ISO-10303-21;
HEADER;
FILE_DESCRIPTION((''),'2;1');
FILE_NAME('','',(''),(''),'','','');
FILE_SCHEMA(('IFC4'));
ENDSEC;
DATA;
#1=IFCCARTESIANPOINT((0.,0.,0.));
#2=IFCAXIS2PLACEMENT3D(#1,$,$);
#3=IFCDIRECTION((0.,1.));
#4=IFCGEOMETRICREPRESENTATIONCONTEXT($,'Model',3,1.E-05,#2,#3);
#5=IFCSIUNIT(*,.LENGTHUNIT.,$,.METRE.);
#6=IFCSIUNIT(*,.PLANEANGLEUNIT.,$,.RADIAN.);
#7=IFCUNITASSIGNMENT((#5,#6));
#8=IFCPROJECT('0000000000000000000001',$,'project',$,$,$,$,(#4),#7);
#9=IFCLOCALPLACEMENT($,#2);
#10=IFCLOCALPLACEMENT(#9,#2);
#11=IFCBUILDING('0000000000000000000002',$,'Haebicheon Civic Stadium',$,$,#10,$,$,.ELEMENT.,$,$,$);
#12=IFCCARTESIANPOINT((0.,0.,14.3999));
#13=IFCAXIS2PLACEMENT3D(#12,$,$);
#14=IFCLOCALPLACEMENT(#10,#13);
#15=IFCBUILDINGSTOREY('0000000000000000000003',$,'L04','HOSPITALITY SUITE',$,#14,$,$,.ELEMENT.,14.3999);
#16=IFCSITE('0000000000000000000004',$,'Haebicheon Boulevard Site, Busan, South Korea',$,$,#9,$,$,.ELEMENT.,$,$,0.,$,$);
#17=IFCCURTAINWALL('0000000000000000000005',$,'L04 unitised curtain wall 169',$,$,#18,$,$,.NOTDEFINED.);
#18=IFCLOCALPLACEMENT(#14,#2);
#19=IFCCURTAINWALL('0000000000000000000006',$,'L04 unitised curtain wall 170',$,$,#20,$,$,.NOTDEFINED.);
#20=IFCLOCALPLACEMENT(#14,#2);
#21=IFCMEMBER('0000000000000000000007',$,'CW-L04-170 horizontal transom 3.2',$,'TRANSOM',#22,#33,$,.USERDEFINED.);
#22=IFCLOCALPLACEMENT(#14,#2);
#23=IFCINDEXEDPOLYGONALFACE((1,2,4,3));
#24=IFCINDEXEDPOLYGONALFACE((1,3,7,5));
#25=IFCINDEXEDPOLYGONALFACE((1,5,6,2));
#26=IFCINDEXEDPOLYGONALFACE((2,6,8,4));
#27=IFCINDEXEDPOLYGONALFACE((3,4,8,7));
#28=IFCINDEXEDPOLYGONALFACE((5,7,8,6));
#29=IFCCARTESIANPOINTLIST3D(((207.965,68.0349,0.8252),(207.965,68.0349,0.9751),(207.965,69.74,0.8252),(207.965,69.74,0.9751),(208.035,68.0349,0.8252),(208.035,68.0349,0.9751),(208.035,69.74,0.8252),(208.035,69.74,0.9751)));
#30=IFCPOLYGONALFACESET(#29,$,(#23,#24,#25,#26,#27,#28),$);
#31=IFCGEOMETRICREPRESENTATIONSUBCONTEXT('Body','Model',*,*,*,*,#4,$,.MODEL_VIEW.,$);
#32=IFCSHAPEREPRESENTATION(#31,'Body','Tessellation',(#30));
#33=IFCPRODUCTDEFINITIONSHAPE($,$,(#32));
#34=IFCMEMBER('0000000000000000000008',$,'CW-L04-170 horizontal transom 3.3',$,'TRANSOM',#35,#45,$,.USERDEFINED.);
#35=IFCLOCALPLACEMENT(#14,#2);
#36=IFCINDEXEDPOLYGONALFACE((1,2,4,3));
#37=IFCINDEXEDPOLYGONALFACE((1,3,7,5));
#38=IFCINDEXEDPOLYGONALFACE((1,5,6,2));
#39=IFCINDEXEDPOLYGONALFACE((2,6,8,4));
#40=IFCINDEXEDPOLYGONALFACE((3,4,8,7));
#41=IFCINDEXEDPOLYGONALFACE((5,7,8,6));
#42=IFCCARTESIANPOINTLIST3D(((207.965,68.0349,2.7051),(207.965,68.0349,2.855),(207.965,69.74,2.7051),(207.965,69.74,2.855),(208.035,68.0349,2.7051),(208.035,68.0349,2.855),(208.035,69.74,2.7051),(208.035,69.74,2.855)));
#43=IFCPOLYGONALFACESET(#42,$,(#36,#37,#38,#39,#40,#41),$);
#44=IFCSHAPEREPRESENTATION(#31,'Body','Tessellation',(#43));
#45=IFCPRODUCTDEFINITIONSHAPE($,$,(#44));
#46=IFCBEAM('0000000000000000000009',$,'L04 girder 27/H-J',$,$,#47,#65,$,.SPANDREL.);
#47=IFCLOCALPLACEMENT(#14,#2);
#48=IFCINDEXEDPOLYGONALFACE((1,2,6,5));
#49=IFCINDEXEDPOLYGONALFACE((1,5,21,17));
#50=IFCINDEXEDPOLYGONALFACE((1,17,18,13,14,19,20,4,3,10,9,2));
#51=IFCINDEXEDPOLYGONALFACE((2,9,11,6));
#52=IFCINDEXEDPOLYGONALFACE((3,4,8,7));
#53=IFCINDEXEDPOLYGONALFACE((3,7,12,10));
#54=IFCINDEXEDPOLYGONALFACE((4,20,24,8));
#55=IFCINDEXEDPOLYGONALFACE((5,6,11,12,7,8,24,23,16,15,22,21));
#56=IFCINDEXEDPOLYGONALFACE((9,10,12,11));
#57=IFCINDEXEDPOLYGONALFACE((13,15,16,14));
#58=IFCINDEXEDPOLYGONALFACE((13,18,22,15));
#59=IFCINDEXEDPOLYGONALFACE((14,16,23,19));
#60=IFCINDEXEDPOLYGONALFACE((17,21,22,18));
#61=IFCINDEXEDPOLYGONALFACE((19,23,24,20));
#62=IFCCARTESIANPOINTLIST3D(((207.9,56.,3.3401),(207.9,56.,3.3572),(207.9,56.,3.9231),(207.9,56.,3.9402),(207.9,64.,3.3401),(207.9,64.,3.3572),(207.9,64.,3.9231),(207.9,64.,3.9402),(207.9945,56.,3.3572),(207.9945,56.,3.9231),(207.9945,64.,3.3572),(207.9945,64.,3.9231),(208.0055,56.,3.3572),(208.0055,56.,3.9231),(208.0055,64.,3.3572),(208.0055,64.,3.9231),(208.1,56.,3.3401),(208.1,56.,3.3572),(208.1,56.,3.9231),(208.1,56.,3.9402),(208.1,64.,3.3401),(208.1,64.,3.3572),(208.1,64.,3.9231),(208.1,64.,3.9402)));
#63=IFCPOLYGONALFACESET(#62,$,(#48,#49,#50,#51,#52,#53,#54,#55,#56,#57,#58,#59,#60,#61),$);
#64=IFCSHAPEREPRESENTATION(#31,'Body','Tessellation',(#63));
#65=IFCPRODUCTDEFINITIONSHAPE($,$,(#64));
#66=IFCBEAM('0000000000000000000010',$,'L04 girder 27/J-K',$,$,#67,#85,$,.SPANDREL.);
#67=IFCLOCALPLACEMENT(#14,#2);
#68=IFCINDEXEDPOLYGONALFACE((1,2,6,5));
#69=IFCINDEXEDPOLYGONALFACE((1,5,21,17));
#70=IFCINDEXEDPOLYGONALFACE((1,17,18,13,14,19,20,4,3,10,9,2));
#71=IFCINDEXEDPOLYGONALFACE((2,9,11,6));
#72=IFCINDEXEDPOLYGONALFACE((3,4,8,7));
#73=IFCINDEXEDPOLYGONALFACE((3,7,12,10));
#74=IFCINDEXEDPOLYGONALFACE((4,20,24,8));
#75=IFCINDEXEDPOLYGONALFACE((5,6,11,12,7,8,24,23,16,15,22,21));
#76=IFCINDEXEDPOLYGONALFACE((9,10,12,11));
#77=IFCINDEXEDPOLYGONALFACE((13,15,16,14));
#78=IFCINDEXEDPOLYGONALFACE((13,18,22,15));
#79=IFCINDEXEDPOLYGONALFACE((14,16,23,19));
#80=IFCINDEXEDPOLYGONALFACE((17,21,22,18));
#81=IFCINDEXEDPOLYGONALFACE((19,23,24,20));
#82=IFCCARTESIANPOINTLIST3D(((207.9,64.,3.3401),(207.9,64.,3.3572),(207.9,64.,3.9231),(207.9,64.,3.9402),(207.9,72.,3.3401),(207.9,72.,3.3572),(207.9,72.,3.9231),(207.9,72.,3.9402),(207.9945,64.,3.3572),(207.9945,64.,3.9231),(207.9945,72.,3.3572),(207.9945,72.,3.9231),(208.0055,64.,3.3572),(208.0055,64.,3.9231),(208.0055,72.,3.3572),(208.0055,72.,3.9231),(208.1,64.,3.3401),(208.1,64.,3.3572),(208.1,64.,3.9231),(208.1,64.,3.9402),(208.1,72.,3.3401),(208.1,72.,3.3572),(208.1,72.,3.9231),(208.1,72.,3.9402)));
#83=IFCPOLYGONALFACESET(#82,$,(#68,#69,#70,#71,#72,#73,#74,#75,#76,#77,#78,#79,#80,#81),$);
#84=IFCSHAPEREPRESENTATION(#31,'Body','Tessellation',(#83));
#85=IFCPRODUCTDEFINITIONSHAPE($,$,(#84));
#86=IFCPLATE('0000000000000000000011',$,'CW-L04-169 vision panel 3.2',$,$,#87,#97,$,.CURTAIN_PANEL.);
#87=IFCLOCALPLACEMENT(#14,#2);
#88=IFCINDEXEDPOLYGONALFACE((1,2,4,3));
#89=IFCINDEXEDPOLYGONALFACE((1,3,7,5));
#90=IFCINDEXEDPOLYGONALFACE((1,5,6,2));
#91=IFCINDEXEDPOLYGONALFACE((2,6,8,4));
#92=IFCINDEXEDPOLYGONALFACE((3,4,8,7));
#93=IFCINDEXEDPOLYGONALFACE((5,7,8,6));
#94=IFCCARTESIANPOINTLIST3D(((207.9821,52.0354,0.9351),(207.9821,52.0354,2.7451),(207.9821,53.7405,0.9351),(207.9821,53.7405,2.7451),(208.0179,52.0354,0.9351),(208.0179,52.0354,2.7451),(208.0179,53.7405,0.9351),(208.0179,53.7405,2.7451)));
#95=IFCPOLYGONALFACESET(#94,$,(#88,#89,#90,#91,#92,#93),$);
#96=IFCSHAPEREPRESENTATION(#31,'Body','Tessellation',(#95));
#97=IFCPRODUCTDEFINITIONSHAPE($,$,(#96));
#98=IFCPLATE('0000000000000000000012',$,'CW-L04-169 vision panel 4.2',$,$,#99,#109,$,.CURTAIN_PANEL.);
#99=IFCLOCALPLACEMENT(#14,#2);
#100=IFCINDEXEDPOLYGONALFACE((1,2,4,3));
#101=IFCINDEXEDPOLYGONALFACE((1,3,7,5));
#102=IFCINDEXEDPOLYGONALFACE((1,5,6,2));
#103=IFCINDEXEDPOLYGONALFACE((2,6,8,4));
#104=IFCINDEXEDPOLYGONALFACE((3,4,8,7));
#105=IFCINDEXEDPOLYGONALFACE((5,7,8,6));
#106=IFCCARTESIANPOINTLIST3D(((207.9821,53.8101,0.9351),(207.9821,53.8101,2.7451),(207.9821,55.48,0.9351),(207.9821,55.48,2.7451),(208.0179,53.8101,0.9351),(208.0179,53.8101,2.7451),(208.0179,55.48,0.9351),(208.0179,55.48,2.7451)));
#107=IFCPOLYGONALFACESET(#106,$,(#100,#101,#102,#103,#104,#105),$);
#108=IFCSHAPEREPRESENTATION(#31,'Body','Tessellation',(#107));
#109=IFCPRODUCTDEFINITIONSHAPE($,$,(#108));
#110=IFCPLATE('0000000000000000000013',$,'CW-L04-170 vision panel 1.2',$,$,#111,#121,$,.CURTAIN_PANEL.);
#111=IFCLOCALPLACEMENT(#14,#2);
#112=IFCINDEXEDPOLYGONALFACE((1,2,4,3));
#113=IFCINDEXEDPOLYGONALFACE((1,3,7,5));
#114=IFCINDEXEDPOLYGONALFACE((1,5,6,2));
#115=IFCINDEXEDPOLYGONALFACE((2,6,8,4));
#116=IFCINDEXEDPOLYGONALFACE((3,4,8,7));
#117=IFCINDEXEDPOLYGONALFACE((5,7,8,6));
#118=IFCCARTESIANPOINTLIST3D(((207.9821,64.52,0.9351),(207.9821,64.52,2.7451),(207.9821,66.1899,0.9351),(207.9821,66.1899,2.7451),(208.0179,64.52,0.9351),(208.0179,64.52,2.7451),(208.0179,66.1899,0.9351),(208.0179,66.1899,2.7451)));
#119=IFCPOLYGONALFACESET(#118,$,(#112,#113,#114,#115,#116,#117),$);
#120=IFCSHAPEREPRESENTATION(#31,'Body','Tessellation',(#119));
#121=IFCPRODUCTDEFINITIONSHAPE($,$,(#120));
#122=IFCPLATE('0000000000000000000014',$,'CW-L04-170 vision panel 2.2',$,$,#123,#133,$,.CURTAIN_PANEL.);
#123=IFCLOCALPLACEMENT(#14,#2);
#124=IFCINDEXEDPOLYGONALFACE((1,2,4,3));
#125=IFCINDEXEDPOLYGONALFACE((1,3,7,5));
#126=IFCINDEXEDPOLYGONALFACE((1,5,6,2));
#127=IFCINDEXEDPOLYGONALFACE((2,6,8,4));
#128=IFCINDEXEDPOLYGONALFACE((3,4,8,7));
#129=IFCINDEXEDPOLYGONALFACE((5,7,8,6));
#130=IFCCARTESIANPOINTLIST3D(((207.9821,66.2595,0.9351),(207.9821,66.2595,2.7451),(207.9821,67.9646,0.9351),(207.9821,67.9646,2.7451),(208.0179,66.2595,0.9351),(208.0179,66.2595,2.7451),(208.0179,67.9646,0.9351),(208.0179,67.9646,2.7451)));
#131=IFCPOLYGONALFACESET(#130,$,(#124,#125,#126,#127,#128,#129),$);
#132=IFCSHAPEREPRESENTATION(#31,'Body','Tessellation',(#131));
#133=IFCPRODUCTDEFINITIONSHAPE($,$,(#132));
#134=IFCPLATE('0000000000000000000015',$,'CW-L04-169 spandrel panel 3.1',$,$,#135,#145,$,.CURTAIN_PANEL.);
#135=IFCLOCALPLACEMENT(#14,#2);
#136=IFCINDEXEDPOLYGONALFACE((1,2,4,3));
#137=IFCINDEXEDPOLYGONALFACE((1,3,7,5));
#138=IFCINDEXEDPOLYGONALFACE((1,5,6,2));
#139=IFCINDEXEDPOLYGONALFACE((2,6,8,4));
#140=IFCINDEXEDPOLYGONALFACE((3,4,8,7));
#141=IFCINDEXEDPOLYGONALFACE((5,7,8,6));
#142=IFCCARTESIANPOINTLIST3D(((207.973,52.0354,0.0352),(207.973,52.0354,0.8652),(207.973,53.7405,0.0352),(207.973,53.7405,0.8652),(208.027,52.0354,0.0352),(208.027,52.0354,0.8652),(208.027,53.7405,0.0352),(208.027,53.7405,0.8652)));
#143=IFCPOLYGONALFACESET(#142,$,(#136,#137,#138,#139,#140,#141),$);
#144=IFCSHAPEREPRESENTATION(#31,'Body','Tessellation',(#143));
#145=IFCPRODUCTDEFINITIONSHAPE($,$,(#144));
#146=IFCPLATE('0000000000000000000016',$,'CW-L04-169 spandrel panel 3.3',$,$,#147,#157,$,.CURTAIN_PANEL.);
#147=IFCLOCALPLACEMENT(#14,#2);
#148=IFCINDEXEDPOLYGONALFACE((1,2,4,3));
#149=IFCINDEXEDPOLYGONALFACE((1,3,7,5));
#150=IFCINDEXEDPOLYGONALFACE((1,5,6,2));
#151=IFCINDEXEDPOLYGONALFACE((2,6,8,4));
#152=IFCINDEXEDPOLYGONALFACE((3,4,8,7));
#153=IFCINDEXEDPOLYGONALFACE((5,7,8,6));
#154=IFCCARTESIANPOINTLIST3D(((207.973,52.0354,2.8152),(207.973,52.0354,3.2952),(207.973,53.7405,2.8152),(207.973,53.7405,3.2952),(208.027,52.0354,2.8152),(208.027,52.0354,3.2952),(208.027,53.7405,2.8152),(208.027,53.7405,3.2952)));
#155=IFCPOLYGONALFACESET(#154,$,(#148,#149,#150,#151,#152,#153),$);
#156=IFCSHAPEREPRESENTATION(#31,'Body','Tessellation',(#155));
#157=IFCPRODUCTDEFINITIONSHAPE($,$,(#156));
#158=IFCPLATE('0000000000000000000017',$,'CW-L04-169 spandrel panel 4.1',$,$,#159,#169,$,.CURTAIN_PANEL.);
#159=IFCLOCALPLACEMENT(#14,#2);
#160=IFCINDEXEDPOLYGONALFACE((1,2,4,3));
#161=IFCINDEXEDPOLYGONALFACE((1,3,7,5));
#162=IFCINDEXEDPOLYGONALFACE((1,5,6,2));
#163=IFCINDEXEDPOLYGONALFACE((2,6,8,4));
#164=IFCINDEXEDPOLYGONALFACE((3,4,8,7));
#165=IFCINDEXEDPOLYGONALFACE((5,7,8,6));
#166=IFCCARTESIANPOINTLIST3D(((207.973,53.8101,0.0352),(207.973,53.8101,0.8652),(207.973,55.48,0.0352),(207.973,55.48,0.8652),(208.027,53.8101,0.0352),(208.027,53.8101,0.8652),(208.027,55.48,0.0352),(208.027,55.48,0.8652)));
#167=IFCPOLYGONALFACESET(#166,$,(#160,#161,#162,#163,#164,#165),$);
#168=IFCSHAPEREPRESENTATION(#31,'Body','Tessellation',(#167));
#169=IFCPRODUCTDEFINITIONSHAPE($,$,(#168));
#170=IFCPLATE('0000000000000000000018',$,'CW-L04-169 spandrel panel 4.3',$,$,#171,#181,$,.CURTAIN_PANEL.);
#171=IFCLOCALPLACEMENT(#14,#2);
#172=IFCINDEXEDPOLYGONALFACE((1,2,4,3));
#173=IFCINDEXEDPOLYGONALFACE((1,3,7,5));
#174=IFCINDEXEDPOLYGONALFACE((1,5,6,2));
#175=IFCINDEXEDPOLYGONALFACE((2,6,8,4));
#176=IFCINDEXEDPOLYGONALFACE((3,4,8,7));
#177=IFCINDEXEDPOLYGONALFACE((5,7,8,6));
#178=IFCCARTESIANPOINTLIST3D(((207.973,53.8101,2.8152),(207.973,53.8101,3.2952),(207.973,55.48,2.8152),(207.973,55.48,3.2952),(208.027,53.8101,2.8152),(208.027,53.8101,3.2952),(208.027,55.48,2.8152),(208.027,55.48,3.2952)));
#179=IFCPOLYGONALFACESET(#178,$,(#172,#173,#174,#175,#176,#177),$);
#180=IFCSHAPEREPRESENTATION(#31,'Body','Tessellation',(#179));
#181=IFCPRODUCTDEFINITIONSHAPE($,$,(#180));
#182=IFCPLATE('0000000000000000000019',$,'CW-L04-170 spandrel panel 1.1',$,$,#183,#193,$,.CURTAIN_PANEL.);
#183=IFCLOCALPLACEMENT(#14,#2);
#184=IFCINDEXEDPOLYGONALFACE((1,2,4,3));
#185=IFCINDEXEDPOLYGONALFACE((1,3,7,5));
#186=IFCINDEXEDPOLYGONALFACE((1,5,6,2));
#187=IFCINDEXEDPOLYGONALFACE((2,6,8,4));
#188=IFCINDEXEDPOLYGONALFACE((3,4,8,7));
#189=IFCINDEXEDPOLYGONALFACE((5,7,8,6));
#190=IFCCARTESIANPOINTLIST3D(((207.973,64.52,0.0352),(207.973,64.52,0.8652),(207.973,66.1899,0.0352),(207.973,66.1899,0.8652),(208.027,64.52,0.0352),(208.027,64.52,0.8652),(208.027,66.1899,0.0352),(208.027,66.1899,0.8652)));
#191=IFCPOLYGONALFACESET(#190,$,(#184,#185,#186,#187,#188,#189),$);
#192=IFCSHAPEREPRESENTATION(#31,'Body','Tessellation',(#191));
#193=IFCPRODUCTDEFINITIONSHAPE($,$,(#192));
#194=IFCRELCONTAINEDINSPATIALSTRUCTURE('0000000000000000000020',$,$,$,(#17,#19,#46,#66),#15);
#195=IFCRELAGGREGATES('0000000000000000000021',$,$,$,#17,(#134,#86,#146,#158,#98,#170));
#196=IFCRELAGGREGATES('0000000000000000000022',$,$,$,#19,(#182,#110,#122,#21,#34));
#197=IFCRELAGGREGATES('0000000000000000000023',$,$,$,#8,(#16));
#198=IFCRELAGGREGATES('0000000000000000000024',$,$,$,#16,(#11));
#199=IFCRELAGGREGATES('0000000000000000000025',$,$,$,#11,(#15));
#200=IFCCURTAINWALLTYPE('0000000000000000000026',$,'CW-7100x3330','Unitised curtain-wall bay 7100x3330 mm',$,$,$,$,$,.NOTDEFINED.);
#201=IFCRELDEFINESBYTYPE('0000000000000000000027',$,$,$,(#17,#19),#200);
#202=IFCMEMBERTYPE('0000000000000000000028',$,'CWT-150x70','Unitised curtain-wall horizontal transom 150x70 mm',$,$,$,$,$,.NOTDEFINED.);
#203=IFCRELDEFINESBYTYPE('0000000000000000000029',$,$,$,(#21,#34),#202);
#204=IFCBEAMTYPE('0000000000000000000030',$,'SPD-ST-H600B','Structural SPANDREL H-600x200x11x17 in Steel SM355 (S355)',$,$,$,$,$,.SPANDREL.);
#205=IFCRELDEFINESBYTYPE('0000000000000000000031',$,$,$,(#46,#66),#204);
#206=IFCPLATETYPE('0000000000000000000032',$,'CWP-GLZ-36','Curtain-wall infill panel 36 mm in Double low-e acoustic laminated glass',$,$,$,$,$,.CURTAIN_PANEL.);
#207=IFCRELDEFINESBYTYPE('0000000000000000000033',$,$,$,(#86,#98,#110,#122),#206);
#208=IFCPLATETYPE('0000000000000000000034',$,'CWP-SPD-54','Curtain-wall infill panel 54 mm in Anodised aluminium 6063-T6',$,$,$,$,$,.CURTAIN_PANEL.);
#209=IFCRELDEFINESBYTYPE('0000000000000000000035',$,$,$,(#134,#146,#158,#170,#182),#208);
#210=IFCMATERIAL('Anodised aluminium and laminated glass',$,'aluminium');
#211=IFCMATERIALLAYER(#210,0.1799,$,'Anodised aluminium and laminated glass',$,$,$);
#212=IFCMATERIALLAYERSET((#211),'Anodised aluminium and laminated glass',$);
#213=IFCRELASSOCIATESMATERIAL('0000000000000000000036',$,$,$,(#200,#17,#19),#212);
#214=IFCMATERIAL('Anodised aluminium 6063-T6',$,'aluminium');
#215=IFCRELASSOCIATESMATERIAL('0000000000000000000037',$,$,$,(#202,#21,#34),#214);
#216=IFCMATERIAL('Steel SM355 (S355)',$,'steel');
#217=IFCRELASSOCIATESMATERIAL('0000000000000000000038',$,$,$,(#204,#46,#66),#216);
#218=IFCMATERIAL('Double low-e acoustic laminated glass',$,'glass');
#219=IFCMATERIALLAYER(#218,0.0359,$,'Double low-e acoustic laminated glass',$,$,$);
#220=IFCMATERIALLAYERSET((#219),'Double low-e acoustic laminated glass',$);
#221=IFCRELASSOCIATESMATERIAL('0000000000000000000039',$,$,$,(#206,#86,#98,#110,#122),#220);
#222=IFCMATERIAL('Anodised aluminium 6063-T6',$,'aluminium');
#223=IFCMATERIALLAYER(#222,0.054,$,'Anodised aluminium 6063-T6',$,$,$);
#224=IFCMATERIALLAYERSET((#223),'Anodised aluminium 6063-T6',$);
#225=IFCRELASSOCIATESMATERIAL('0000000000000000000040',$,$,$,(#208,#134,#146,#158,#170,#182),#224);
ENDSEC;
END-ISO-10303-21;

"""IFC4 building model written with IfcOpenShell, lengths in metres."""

from ifc_helpers import new_model, si_unit, direction, frame, origin, origin_2d, place, context, subcontext, project, spatial, rectangle, i_section, extrude, material, layer, layer_set, material_profile, profile_set, type_object, element, aggregate, save


model = new_model("IFC4")

# Units and contexts
model_context = context("Model", 3, precision=1e-05, world=origin(), true_north=direction((0.0, 1.0)))
body_context = subcontext(model_context, "Body", "Model", "MODEL_VIEW")
ifc_project = project(units=[si_unit("LENGTHUNIT", "METRE"), si_unit("PLANEANGLEUNIT", "RADIAN")], contexts=[model_context])

# Site, building, storey
site_placement = place(None, origin())
site = spatial("IfcSite", under=ifc_project, at=site_placement, Name="Haebicheon Boulevard Site, Busan, South Korea", CompositionType="ELEMENT", RefElevation=0.0)
building_placement = place(site_placement, origin())
building = spatial("IfcBuilding", under=site, at=building_placement, Name="Haebicheon Civic Stadium", CompositionType="ELEMENT")
storey_placement = place(building_placement, frame((0.0, 0.0, 14.3999)))
storey = spatial("IfcBuildingStorey", under=building, at=storey_placement, Name="L04", Description="HOSPITALITY SUITE", CompositionType="ELEMENT", Elevation=14.3999)

# Curtain walls
ifc_material_1 = material(Name="Anodised aluminium and laminated glass", Category="aluminium")
ifc_layer_1 = layer(ifc_material_1, 0.1799, Name="Anodised aluminium and laminated glass")
ifc_layer_set_1 = layer_set([ifc_layer_1], Name="Anodised aluminium and laminated glass")
curtain_wall_type = type_object("IfcCurtainWallType", Name="CW-7100x3330", Description="Unitised curtain-wall bay 7100x3330 mm", PredefinedType="NOTDEFINED", material=ifc_layer_set_1)
curtain_wall_1_placement = place(storey_placement, origin())
curtain_wall_1 = element("IfcCurtainWall", 1, at=curtain_wall_1_placement, inside=storey, type_object=curtain_wall_type, material=ifc_layer_set_1, Name="L04 unitised curtain wall 169", PredefinedType="NOTDEFINED")
curtain_wall_2_placement = place(storey_placement, origin())
curtain_wall_2 = element("IfcCurtainWall", 2, at=curtain_wall_2_placement, inside=storey, type_object=curtain_wall_type, material=ifc_layer_set_1, Name="L04 unitised curtain wall 170", PredefinedType="NOTDEFINED")

# Members
ifc_material_2 = material(Name="Anodised aluminium 6063-T6", Category="aluminium")
ifc_material_profile_1 = material_profile(ifc_material_2, rectangle(XDim=0.0701, YDim=0.1499, at=origin_2d()), Name="ALU-TRAN-70x150")
ifc_profile_set_1 = profile_set([ifc_material_profile_1], Name="Anodised aluminium 6063-T6")
member_type_1 = type_object("IfcMemberType", Name="CWT-150x70", Description="Unitised curtain-wall horizontal transom 150x70 mm", PredefinedType="NOTDEFINED", material=ifc_profile_set_1)
member_1_placement = place(storey_placement, frame((208.0, 68.0349, 0.9001), z_axis=(0.0, 1.0, 0.0), x_axis=(-1.0, 0.0, 0.0)))
member_1 = element("IfcMember", 3, at=member_1_placement, type_object=member_type_1, material=ifc_profile_set_1, Name="CW-L04-170 horizontal transom 3.2", ObjectType="TRANSOM", PredefinedType="USERDEFINED", context=body_context, shape_type="SweptSolid", body=[
    extrude(rectangle(XDim=0.0701, YDim=0.1499, at=origin_2d()), origin(), (0.0, 0.0, 1.0), 1.7051),
])
member_2_placement = place(storey_placement, frame((208.0, 68.0349, 2.78), z_axis=(0.0, 1.0, 0.0), x_axis=(-1.0, 0.0, 0.0)))
member_2 = element("IfcMember", 4, at=member_2_placement, type_object=member_type_1, material=ifc_profile_set_1, Name="CW-L04-170 horizontal transom 3.3", ObjectType="TRANSOM", PredefinedType="USERDEFINED", context=body_context, shape_type="SweptSolid", body=[
    extrude(rectangle(XDim=0.0701, YDim=0.1499, at=origin_2d()), origin(), (0.0, 0.0, 1.0), 1.7051),
])

# Beams
ifc_material_3 = material(Name="Steel SM355 (S355)", Category="steel")
ifc_material_profile_2 = material_profile(ifc_material_3, i_section(OverallWidth=0.2, OverallDepth=0.6001, WebThickness=0.011, FlangeThickness=0.0171, at=origin_2d()), Name="H-600x200x11x17")
ifc_profile_set_2 = profile_set([ifc_material_profile_2], Name="Steel SM355 (S355)")
beam_type_1 = type_object("IfcBeamType", Name="SPD-ST-H600B", Description="Structural SPANDREL H-600x200x11x17 in Steel SM355 (S355)", PredefinedType="SPANDREL", material=ifc_profile_set_2)
for number, where, z_axis, x_axis, name in (
    (5, (208.0, 56.0, 3.6401), (0.0, 1.0, 0.0), (-1.0, 0.0, 0.0), "L04 girder 27/H-J"),
    (6, (208.0, 64.0, 3.6401), (0.0, 1.0, 0.0), (-1.0, 0.0, 0.0), "L04 girder 27/J-K"),
):
    element("IfcBeam", number, at=place(storey_placement, frame(where, z_axis=z_axis, x_axis=x_axis)), inside=storey, type_object=beam_type_1, material=ifc_profile_set_2, Name=name, PredefinedType="SPANDREL", context=body_context, shape_type="SweptSolid", body=[
        extrude(i_section(OverallWidth=0.2, OverallDepth=0.6001, WebThickness=0.011, FlangeThickness=0.0171, at=origin_2d()), origin(), (0.0, 0.0, 1.0), 8.0),
    ])

# Plates
ifc_material_4 = material(Name="Double low-e acoustic laminated glass", Category="glass")
ifc_layer_2 = layer(ifc_material_4, 0.0359, Name="Double low-e acoustic laminated glass")
ifc_layer_set_2 = layer_set([ifc_layer_2], Name="Double low-e acoustic laminated glass")
plate_type_1 = type_object("IfcPlateType", Name="CWP-GLZ-36", Description="Curtain-wall infill panel 36 mm in Double low-e acoustic laminated glass", PredefinedType="CURTAIN_PANEL", material=ifc_layer_set_2)
plate_1_placement = place(storey_placement, frame((208.0, 52.8879, 0.9351), z_axis=(0.0, 0.0, 1.0), x_axis=(0.0, 1.0, 0.0)))
plate_1 = element("IfcPlate", 7, at=plate_1_placement, type_object=plate_type_1, material=ifc_layer_set_2, Name="CW-L04-169 vision panel 3.2", PredefinedType="CURTAIN_PANEL", context=body_context, shape_type="SweptSolid", body=[
    extrude(rectangle(XDim=1.7051, YDim=0.0359, at=origin_2d()), origin(), (0.0, 0.0, 1.0), 1.8101),
])
plate_2_placement = place(storey_placement, frame((208.0, 54.645, 0.9351), z_axis=(0.0, 0.0, 1.0), x_axis=(0.0, 1.0, 0.0)))
plate_2 = element("IfcPlate", 8, at=plate_2_placement, type_object=plate_type_1, material=ifc_layer_set_2, Name="CW-L04-169 vision panel 4.2", PredefinedType="CURTAIN_PANEL", context=body_context, shape_type="SweptSolid", body=[
    extrude(rectangle(XDim=1.6699, YDim=0.0359, at=origin_2d()), origin(), (0.0, 0.0, 1.0), 1.8101),
])
plate_3_placement = place(storey_placement, frame((208.0, 65.355, 0.9351), z_axis=(0.0, 0.0, 1.0), x_axis=(0.0, 1.0, 0.0)))
plate_3 = element("IfcPlate", 9, at=plate_3_placement, type_object=plate_type_1, material=ifc_layer_set_2, Name="CW-L04-170 vision panel 1.2", PredefinedType="CURTAIN_PANEL", context=body_context, shape_type="SweptSolid", body=[
    extrude(rectangle(XDim=1.6699, YDim=0.0359, at=origin_2d()), origin(), (0.0, 0.0, 1.0), 1.8101),
])
plate_4_placement = place(storey_placement, frame((208.0, 67.1121, 0.9351), z_axis=(0.0, 0.0, 1.0), x_axis=(0.0, 1.0, 0.0)))
plate_4 = element("IfcPlate", 10, at=plate_4_placement, type_object=plate_type_1, material=ifc_layer_set_2, Name="CW-L04-170 vision panel 2.2", PredefinedType="CURTAIN_PANEL", context=body_context, shape_type="SweptSolid", body=[
    extrude(rectangle(XDim=1.7051, YDim=0.0359, at=origin_2d()), origin(), (0.0, 0.0, 1.0), 1.8101),
])
ifc_material_5 = material(Name="Anodised aluminium 6063-T6", Category="aluminium")
ifc_layer_3 = layer(ifc_material_5, 0.054, Name="Anodised aluminium 6063-T6")
ifc_layer_set_3 = layer_set([ifc_layer_3], Name="Anodised aluminium 6063-T6")
plate_type_2 = type_object("IfcPlateType", Name="CWP-SPD-54", Description="Curtain-wall infill panel 54 mm in Anodised aluminium 6063-T6", PredefinedType="CURTAIN_PANEL", material=ifc_layer_set_3)
plate_5_placement = place(storey_placement, frame((208.0, 52.8879, 0.0352), z_axis=(0.0, 0.0, 1.0), x_axis=(0.0, 1.0, 0.0)))
plate_5 = element("IfcPlate", 11, at=plate_5_placement, type_object=plate_type_2, material=ifc_layer_set_3, Name="CW-L04-169 spandrel panel 3.1", PredefinedType="CURTAIN_PANEL", context=body_context, shape_type="SweptSolid", body=[
    extrude(rectangle(XDim=1.7051, YDim=0.054, at=origin_2d()), origin(), (0.0, 0.0, 1.0), 0.8301),
])
plate_6_placement = place(storey_placement, frame((208.0, 52.8879, 2.8152), z_axis=(0.0, 0.0, 1.0), x_axis=(0.0, 1.0, 0.0)))
plate_6 = element("IfcPlate", 12, at=plate_6_placement, type_object=plate_type_2, material=ifc_layer_set_3, Name="CW-L04-169 spandrel panel 3.3", PredefinedType="CURTAIN_PANEL", context=body_context, shape_type="SweptSolid", body=[
    extrude(rectangle(XDim=1.7051, YDim=0.054, at=origin_2d()), origin(), (0.0, 0.0, 1.0), 0.48),
])
plate_7_placement = place(storey_placement, frame((208.0, 54.645, 0.0352), z_axis=(0.0, 0.0, 1.0), x_axis=(0.0, 1.0, 0.0)))
plate_7 = element("IfcPlate", 13, at=plate_7_placement, type_object=plate_type_2, material=ifc_layer_set_3, Name="CW-L04-169 spandrel panel 4.1", PredefinedType="CURTAIN_PANEL", context=body_context, shape_type="SweptSolid", body=[
    extrude(rectangle(XDim=1.6699, YDim=0.054, at=origin_2d()), origin(), (0.0, 0.0, 1.0), 0.8301),
])
plate_8_placement = place(storey_placement, frame((208.0, 54.645, 2.8152), z_axis=(0.0, 0.0, 1.0), x_axis=(0.0, 1.0, 0.0)))
plate_8 = element("IfcPlate", 14, at=plate_8_placement, type_object=plate_type_2, material=ifc_layer_set_3, Name="CW-L04-169 spandrel panel 4.3", PredefinedType="CURTAIN_PANEL", context=body_context, shape_type="SweptSolid", body=[
    extrude(rectangle(XDim=1.6699, YDim=0.054, at=origin_2d()), origin(), (0.0, 0.0, 1.0), 0.48),
])
aggregate(curtain_wall_1, [plate_5, plate_1, plate_6, plate_7, plate_2, plate_8])
plate_9_placement = place(storey_placement, frame((208.0, 65.355, 0.0352), z_axis=(0.0, 0.0, 1.0), x_axis=(0.0, 1.0, 0.0)))
plate_9 = element("IfcPlate", 15, at=plate_9_placement, type_object=plate_type_2, material=ifc_layer_set_3, Name="CW-L04-170 spandrel panel 1.1", PredefinedType="CURTAIN_PANEL", context=body_context, shape_type="SweptSolid", body=[
    extrude(rectangle(XDim=1.6699, YDim=0.054, at=origin_2d()), origin(), (0.0, 0.0, 1.0), 0.8301),
])
aggregate(curtain_wall_2, [plate_9, plate_3, plate_4, member_1, member_2])

save(model, "model.ifc")
